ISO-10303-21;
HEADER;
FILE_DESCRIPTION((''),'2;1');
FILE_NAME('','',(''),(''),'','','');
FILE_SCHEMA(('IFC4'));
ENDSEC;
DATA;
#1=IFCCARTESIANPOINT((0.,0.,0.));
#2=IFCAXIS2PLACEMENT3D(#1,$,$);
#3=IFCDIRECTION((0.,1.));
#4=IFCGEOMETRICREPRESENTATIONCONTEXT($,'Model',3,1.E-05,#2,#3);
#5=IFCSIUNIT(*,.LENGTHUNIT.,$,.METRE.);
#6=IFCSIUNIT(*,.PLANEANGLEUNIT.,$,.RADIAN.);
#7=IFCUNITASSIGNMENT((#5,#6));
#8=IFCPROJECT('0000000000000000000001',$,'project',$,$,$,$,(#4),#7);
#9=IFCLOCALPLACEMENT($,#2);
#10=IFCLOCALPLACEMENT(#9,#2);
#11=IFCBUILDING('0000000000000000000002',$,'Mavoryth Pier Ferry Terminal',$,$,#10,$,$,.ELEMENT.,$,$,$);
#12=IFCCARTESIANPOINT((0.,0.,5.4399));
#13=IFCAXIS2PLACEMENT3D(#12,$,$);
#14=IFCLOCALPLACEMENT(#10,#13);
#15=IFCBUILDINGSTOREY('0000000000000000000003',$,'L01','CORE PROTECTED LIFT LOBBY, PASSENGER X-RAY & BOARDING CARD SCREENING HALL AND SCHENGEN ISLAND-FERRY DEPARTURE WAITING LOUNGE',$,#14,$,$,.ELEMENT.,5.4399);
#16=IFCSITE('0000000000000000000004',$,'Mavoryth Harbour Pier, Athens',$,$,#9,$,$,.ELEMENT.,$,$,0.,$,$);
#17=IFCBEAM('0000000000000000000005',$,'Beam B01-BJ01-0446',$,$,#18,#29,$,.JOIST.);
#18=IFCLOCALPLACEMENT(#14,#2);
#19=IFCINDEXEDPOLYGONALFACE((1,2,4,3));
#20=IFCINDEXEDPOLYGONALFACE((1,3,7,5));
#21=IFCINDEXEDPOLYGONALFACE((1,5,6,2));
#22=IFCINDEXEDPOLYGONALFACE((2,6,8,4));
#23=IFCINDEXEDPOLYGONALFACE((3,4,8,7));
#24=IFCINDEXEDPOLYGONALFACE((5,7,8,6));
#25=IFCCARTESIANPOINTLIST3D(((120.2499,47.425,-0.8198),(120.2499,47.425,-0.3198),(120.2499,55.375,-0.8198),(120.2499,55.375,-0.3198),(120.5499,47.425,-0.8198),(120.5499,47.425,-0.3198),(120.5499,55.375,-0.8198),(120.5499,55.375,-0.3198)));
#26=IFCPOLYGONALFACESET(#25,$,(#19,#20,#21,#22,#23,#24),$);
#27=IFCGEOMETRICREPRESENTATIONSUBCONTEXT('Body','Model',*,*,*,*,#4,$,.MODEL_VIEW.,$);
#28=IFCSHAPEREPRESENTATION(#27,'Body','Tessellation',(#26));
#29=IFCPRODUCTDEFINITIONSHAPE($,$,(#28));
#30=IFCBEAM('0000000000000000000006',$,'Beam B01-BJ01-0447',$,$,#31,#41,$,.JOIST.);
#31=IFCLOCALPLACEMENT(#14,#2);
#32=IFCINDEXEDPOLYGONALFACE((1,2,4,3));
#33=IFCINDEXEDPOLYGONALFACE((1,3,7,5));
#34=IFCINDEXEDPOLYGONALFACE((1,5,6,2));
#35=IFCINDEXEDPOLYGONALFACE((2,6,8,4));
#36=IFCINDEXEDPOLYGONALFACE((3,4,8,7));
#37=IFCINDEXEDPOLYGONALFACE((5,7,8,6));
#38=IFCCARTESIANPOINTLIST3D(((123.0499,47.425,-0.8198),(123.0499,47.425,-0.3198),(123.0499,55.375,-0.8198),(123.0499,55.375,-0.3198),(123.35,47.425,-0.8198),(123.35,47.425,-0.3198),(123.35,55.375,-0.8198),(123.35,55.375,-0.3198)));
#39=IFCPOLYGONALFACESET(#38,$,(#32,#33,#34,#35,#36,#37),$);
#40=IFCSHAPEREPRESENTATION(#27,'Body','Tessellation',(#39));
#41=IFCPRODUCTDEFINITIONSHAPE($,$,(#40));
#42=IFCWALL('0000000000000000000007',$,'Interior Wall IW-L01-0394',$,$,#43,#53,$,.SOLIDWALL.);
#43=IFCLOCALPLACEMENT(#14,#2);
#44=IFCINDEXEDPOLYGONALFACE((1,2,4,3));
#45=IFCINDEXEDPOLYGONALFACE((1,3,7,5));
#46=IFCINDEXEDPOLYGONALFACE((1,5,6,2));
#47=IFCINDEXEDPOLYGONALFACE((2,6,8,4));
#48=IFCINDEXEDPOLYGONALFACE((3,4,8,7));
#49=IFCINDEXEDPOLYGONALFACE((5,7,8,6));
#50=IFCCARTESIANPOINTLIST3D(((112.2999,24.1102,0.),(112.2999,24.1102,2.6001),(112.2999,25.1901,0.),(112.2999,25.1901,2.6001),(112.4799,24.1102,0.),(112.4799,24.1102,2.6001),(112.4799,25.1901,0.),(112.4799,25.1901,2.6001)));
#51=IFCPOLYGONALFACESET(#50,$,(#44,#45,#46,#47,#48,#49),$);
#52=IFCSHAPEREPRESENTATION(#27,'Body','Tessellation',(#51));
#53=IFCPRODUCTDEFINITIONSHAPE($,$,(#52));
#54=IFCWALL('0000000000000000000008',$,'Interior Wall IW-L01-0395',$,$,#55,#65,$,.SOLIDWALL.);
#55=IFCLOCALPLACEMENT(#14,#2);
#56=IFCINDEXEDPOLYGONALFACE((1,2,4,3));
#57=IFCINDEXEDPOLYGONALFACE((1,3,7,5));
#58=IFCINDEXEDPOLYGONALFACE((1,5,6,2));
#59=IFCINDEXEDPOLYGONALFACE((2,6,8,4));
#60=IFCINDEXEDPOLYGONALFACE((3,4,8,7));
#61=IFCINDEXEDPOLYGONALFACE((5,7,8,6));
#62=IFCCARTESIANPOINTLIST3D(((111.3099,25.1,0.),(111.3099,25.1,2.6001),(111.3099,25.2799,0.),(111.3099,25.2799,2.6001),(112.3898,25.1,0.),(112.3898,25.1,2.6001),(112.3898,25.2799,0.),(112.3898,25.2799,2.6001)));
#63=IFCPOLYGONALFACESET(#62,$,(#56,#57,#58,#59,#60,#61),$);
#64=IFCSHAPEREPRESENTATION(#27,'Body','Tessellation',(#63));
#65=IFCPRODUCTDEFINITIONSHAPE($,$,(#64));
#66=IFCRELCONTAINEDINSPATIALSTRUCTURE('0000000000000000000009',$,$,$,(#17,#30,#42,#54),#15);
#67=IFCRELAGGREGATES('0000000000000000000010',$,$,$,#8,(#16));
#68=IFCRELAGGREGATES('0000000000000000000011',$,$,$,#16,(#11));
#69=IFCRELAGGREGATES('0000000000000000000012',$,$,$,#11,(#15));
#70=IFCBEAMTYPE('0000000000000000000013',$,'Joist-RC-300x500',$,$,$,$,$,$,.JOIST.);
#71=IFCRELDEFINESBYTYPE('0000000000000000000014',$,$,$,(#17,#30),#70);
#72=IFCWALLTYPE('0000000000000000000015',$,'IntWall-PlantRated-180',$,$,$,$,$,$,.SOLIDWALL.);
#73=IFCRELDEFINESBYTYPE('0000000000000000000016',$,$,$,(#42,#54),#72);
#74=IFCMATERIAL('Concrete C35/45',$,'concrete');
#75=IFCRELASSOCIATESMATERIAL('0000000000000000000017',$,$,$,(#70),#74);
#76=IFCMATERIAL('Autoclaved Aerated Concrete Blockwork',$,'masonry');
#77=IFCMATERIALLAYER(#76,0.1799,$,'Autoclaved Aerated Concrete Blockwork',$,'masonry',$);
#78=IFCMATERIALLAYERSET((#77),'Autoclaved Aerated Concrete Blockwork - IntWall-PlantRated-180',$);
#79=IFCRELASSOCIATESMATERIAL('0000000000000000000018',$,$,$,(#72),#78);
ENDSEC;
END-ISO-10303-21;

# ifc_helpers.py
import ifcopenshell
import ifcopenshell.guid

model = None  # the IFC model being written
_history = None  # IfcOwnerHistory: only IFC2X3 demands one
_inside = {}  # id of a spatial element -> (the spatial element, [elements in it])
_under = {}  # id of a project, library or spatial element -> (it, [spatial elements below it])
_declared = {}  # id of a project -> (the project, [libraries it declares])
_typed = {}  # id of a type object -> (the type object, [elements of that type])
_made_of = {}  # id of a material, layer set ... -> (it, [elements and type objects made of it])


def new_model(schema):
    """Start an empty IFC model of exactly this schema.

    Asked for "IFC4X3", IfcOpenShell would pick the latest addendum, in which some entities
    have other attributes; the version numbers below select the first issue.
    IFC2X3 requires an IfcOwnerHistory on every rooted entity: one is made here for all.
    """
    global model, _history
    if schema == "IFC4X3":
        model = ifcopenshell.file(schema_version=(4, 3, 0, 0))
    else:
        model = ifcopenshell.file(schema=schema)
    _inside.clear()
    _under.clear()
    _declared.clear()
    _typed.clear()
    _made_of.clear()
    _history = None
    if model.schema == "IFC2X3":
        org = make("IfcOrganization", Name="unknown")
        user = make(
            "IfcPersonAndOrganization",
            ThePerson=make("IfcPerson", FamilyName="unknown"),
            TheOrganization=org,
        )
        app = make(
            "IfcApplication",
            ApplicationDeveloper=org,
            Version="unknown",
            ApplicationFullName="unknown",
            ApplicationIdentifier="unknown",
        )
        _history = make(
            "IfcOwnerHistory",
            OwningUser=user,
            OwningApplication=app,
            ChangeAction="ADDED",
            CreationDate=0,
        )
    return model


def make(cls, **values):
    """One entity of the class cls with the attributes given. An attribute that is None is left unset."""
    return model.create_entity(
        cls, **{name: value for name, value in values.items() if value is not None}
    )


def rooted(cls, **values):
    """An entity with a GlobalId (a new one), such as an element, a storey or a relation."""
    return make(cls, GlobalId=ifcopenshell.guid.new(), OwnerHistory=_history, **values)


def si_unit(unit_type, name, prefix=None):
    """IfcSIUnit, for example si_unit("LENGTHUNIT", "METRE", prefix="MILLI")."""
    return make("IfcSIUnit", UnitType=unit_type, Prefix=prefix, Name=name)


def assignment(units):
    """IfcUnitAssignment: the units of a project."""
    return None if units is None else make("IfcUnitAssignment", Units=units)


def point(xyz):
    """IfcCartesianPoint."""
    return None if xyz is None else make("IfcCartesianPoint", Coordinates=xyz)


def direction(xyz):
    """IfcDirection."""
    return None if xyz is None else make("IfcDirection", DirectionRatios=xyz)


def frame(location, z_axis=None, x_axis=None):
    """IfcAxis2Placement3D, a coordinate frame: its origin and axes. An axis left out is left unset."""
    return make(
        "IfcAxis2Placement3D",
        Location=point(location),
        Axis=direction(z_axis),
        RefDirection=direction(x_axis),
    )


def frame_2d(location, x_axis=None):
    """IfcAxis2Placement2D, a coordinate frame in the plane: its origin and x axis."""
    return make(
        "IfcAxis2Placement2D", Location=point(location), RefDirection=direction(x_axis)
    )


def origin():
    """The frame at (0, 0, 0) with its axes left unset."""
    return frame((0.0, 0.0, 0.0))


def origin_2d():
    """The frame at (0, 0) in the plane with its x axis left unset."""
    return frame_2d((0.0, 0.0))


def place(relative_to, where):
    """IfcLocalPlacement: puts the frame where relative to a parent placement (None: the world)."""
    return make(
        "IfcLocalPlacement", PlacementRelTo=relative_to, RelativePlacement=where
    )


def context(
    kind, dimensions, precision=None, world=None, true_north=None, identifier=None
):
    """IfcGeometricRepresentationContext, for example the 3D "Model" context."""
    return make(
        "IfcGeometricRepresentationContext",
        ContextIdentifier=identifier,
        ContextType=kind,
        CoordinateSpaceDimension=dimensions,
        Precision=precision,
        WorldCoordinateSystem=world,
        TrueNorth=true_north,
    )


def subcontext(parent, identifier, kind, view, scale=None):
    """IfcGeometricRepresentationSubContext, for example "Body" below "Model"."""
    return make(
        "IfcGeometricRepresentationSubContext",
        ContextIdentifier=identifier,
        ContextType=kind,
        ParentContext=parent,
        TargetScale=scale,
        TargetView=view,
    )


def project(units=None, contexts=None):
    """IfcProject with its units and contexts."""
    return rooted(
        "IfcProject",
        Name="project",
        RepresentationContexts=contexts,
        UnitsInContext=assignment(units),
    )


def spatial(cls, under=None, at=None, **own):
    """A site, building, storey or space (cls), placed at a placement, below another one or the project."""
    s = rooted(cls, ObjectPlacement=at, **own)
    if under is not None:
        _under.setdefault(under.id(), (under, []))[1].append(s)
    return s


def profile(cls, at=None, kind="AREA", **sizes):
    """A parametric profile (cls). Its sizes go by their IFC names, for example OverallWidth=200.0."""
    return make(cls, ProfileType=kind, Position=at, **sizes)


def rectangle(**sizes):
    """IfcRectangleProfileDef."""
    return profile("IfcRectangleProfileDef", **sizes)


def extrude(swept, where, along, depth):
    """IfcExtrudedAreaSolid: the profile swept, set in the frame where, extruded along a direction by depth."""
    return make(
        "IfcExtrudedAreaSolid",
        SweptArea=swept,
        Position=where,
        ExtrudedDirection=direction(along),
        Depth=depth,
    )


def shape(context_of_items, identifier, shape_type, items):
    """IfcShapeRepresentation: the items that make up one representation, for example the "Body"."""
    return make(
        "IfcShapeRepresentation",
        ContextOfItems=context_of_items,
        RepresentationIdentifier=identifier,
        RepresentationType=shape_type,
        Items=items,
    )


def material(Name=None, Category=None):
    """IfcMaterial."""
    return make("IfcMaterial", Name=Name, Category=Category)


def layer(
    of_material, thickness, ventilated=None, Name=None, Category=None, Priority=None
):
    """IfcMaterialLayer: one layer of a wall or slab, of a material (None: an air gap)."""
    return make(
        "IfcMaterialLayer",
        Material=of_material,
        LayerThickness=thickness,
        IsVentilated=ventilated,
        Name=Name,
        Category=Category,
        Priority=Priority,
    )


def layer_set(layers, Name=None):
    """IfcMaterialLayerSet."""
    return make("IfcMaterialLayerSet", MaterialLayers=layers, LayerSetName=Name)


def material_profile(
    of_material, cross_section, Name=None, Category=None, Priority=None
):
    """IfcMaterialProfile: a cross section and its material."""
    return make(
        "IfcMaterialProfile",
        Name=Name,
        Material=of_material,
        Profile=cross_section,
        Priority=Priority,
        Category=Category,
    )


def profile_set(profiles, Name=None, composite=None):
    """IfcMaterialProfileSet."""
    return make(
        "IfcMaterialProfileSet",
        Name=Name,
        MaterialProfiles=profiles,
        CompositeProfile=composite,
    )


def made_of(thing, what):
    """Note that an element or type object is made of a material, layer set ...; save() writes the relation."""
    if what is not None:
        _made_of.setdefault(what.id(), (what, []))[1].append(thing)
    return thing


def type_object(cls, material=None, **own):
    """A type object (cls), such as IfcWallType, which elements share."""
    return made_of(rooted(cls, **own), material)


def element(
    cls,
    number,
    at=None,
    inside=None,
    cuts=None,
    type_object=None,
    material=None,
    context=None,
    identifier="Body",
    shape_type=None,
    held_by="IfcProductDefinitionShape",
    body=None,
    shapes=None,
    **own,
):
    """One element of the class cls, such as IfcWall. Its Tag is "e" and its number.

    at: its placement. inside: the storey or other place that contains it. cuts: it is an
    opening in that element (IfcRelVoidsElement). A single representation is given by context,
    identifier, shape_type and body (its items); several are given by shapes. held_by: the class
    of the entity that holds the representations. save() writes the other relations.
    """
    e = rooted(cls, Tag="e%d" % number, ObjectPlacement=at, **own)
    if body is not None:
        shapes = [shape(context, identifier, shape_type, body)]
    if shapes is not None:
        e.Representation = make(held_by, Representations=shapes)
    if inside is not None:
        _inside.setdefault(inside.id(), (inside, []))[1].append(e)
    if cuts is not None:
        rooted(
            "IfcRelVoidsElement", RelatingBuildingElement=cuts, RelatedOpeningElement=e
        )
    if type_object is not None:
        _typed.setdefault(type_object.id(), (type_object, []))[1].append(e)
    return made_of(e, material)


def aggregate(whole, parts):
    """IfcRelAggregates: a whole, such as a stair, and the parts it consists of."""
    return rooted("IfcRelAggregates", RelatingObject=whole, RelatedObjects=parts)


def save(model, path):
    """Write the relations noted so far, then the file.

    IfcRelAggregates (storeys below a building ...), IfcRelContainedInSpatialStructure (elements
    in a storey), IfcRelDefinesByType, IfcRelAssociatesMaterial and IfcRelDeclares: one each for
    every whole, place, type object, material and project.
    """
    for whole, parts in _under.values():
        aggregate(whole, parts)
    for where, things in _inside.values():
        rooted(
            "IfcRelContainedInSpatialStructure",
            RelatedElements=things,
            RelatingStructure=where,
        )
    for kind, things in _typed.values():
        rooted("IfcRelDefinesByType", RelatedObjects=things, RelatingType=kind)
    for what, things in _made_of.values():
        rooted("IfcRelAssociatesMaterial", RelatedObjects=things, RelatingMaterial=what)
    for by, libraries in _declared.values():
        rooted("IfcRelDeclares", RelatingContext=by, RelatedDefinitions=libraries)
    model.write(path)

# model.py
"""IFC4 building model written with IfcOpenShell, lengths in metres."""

from ifc_helpers import new_model, si_unit, direction, frame, frame_2d, origin, origin_2d, place, context, subcontext, project, spatial, rectangle, extrude, material, layer, layer_set, material_profile, profile_set, type_object, element, save


model = new_model("IFC4")

# Units and contexts
model_context = context("Model", 3, precision=1e-05, world=origin(), true_north=direction((0.0, 1.0)))
body_context = subcontext(model_context, "Body", "Model", "MODEL_VIEW")
ifc_project = project(units=[si_unit("LENGTHUNIT", "METRE"), si_unit("PLANEANGLEUNIT", "RADIAN")], contexts=[model_context])

# Site, building, storey
site_placement = place(None, origin())
site = spatial("IfcSite", under=ifc_project, at=site_placement, Name="Mavoryth Harbour Pier, Athens", CompositionType="ELEMENT", RefElevation=0.0)
building_placement = place(site_placement, origin())
building = spatial("IfcBuilding", under=site, at=building_placement, Name="Mavoryth Pier Ferry Terminal", CompositionType="ELEMENT")
storey_placement = place(building_placement, frame((0.0, 0.0, 5.4399)))
storey = spatial("IfcBuildingStorey", under=building, at=storey_placement, Name="L01", Description="CORE PROTECTED LIFT LOBBY, PASSENGER X-RAY & BOARDING CARD SCREENING HALL AND SCHENGEN ISLAND-FERRY DEPARTURE WAITING LOUNGE", CompositionType="ELEMENT", Elevation=5.4399)

# Beams
ifc_material_1 = material(Name="Concrete C35/45", Category="concrete")
ifc_material_profile_1 = material_profile(ifc_material_1, rectangle(XDim=0.3, YDim=0.5, at=origin_2d()), Name="RC 300x500", Category="concrete")
ifc_profile_set_1 = profile_set([ifc_material_profile_1], Name="Concrete C35/45 - RC 300x500")
beam_type_1 = type_object("IfcBeamType", Name="Joist-RC-300x500", PredefinedType="JOIST", material=ifc_profile_set_1)
for number, where, z_axis, x_axis, name in (
    (1, (120.3999, 47.425, -0.5698), (0.0, 1.0, 0.0), (-1.0, 0.0, 0.0), "Beam B01-BJ01-0446"),
    (2, (123.2, 47.425, -0.5698), (0.0, 1.0, 0.0), (-1.0, 0.0, 0.0), "Beam B01-BJ01-0447"),
):
    element("IfcBeam", number, at=place(storey_placement, frame(where, z_axis=z_axis, x_axis=x_axis)), inside=storey, type_object=beam_type_1, Name=name, PredefinedType="JOIST", context=body_context, shape_type="SweptSolid", body=[
        extrude(rectangle(XDim=0.3, YDim=0.5, at=origin_2d()), origin(), (0.0, 0.0, 1.0), 7.95),
    ])

# Walls
ifc_material_2 = material(Name="Autoclaved Aerated Concrete Blockwork", Category="masonry")
ifc_layer = layer(ifc_material_2, 0.1799, Name="Autoclaved Aerated Concrete Blockwork", Category="masonry")
ifc_layer_set = layer_set([ifc_layer], Name="Autoclaved Aerated Concrete Blockwork - IntWall-PlantRated-180")
wall_type = type_object("IfcWallType", Name="IntWall-PlantRated-180", PredefinedType="SOLIDWALL", material=ifc_layer_set)
for number, where, z_axis, x_axis, name in (
    (3, (112.3899, 24.1101, 0.0), (0.0, 0.0, 1.0), (0.0, 1.0, 0.0), "Interior Wall IW-L01-0394"),
    (4, (112.3899, 25.1899, 0.0), (0.0, 0.0, 1.0), (-1.0, 0.0, 0.0), "Interior Wall IW-L01-0395"),
):
    element("IfcWall", number, at=place(storey_placement, frame(where, z_axis=z_axis, x_axis=x_axis)), inside=storey, type_object=wall_type, Name=name, PredefinedType="SOLIDWALL", context=body_context, shape_type="SweptSolid", body=[
        extrude(rectangle(XDim=1.0798, YDim=0.1799, at=frame_2d((0.54, 0.0))), origin(), (0.0, 0.0, 1.0), 2.6001),
    ])

save(model, "model.ifc")
